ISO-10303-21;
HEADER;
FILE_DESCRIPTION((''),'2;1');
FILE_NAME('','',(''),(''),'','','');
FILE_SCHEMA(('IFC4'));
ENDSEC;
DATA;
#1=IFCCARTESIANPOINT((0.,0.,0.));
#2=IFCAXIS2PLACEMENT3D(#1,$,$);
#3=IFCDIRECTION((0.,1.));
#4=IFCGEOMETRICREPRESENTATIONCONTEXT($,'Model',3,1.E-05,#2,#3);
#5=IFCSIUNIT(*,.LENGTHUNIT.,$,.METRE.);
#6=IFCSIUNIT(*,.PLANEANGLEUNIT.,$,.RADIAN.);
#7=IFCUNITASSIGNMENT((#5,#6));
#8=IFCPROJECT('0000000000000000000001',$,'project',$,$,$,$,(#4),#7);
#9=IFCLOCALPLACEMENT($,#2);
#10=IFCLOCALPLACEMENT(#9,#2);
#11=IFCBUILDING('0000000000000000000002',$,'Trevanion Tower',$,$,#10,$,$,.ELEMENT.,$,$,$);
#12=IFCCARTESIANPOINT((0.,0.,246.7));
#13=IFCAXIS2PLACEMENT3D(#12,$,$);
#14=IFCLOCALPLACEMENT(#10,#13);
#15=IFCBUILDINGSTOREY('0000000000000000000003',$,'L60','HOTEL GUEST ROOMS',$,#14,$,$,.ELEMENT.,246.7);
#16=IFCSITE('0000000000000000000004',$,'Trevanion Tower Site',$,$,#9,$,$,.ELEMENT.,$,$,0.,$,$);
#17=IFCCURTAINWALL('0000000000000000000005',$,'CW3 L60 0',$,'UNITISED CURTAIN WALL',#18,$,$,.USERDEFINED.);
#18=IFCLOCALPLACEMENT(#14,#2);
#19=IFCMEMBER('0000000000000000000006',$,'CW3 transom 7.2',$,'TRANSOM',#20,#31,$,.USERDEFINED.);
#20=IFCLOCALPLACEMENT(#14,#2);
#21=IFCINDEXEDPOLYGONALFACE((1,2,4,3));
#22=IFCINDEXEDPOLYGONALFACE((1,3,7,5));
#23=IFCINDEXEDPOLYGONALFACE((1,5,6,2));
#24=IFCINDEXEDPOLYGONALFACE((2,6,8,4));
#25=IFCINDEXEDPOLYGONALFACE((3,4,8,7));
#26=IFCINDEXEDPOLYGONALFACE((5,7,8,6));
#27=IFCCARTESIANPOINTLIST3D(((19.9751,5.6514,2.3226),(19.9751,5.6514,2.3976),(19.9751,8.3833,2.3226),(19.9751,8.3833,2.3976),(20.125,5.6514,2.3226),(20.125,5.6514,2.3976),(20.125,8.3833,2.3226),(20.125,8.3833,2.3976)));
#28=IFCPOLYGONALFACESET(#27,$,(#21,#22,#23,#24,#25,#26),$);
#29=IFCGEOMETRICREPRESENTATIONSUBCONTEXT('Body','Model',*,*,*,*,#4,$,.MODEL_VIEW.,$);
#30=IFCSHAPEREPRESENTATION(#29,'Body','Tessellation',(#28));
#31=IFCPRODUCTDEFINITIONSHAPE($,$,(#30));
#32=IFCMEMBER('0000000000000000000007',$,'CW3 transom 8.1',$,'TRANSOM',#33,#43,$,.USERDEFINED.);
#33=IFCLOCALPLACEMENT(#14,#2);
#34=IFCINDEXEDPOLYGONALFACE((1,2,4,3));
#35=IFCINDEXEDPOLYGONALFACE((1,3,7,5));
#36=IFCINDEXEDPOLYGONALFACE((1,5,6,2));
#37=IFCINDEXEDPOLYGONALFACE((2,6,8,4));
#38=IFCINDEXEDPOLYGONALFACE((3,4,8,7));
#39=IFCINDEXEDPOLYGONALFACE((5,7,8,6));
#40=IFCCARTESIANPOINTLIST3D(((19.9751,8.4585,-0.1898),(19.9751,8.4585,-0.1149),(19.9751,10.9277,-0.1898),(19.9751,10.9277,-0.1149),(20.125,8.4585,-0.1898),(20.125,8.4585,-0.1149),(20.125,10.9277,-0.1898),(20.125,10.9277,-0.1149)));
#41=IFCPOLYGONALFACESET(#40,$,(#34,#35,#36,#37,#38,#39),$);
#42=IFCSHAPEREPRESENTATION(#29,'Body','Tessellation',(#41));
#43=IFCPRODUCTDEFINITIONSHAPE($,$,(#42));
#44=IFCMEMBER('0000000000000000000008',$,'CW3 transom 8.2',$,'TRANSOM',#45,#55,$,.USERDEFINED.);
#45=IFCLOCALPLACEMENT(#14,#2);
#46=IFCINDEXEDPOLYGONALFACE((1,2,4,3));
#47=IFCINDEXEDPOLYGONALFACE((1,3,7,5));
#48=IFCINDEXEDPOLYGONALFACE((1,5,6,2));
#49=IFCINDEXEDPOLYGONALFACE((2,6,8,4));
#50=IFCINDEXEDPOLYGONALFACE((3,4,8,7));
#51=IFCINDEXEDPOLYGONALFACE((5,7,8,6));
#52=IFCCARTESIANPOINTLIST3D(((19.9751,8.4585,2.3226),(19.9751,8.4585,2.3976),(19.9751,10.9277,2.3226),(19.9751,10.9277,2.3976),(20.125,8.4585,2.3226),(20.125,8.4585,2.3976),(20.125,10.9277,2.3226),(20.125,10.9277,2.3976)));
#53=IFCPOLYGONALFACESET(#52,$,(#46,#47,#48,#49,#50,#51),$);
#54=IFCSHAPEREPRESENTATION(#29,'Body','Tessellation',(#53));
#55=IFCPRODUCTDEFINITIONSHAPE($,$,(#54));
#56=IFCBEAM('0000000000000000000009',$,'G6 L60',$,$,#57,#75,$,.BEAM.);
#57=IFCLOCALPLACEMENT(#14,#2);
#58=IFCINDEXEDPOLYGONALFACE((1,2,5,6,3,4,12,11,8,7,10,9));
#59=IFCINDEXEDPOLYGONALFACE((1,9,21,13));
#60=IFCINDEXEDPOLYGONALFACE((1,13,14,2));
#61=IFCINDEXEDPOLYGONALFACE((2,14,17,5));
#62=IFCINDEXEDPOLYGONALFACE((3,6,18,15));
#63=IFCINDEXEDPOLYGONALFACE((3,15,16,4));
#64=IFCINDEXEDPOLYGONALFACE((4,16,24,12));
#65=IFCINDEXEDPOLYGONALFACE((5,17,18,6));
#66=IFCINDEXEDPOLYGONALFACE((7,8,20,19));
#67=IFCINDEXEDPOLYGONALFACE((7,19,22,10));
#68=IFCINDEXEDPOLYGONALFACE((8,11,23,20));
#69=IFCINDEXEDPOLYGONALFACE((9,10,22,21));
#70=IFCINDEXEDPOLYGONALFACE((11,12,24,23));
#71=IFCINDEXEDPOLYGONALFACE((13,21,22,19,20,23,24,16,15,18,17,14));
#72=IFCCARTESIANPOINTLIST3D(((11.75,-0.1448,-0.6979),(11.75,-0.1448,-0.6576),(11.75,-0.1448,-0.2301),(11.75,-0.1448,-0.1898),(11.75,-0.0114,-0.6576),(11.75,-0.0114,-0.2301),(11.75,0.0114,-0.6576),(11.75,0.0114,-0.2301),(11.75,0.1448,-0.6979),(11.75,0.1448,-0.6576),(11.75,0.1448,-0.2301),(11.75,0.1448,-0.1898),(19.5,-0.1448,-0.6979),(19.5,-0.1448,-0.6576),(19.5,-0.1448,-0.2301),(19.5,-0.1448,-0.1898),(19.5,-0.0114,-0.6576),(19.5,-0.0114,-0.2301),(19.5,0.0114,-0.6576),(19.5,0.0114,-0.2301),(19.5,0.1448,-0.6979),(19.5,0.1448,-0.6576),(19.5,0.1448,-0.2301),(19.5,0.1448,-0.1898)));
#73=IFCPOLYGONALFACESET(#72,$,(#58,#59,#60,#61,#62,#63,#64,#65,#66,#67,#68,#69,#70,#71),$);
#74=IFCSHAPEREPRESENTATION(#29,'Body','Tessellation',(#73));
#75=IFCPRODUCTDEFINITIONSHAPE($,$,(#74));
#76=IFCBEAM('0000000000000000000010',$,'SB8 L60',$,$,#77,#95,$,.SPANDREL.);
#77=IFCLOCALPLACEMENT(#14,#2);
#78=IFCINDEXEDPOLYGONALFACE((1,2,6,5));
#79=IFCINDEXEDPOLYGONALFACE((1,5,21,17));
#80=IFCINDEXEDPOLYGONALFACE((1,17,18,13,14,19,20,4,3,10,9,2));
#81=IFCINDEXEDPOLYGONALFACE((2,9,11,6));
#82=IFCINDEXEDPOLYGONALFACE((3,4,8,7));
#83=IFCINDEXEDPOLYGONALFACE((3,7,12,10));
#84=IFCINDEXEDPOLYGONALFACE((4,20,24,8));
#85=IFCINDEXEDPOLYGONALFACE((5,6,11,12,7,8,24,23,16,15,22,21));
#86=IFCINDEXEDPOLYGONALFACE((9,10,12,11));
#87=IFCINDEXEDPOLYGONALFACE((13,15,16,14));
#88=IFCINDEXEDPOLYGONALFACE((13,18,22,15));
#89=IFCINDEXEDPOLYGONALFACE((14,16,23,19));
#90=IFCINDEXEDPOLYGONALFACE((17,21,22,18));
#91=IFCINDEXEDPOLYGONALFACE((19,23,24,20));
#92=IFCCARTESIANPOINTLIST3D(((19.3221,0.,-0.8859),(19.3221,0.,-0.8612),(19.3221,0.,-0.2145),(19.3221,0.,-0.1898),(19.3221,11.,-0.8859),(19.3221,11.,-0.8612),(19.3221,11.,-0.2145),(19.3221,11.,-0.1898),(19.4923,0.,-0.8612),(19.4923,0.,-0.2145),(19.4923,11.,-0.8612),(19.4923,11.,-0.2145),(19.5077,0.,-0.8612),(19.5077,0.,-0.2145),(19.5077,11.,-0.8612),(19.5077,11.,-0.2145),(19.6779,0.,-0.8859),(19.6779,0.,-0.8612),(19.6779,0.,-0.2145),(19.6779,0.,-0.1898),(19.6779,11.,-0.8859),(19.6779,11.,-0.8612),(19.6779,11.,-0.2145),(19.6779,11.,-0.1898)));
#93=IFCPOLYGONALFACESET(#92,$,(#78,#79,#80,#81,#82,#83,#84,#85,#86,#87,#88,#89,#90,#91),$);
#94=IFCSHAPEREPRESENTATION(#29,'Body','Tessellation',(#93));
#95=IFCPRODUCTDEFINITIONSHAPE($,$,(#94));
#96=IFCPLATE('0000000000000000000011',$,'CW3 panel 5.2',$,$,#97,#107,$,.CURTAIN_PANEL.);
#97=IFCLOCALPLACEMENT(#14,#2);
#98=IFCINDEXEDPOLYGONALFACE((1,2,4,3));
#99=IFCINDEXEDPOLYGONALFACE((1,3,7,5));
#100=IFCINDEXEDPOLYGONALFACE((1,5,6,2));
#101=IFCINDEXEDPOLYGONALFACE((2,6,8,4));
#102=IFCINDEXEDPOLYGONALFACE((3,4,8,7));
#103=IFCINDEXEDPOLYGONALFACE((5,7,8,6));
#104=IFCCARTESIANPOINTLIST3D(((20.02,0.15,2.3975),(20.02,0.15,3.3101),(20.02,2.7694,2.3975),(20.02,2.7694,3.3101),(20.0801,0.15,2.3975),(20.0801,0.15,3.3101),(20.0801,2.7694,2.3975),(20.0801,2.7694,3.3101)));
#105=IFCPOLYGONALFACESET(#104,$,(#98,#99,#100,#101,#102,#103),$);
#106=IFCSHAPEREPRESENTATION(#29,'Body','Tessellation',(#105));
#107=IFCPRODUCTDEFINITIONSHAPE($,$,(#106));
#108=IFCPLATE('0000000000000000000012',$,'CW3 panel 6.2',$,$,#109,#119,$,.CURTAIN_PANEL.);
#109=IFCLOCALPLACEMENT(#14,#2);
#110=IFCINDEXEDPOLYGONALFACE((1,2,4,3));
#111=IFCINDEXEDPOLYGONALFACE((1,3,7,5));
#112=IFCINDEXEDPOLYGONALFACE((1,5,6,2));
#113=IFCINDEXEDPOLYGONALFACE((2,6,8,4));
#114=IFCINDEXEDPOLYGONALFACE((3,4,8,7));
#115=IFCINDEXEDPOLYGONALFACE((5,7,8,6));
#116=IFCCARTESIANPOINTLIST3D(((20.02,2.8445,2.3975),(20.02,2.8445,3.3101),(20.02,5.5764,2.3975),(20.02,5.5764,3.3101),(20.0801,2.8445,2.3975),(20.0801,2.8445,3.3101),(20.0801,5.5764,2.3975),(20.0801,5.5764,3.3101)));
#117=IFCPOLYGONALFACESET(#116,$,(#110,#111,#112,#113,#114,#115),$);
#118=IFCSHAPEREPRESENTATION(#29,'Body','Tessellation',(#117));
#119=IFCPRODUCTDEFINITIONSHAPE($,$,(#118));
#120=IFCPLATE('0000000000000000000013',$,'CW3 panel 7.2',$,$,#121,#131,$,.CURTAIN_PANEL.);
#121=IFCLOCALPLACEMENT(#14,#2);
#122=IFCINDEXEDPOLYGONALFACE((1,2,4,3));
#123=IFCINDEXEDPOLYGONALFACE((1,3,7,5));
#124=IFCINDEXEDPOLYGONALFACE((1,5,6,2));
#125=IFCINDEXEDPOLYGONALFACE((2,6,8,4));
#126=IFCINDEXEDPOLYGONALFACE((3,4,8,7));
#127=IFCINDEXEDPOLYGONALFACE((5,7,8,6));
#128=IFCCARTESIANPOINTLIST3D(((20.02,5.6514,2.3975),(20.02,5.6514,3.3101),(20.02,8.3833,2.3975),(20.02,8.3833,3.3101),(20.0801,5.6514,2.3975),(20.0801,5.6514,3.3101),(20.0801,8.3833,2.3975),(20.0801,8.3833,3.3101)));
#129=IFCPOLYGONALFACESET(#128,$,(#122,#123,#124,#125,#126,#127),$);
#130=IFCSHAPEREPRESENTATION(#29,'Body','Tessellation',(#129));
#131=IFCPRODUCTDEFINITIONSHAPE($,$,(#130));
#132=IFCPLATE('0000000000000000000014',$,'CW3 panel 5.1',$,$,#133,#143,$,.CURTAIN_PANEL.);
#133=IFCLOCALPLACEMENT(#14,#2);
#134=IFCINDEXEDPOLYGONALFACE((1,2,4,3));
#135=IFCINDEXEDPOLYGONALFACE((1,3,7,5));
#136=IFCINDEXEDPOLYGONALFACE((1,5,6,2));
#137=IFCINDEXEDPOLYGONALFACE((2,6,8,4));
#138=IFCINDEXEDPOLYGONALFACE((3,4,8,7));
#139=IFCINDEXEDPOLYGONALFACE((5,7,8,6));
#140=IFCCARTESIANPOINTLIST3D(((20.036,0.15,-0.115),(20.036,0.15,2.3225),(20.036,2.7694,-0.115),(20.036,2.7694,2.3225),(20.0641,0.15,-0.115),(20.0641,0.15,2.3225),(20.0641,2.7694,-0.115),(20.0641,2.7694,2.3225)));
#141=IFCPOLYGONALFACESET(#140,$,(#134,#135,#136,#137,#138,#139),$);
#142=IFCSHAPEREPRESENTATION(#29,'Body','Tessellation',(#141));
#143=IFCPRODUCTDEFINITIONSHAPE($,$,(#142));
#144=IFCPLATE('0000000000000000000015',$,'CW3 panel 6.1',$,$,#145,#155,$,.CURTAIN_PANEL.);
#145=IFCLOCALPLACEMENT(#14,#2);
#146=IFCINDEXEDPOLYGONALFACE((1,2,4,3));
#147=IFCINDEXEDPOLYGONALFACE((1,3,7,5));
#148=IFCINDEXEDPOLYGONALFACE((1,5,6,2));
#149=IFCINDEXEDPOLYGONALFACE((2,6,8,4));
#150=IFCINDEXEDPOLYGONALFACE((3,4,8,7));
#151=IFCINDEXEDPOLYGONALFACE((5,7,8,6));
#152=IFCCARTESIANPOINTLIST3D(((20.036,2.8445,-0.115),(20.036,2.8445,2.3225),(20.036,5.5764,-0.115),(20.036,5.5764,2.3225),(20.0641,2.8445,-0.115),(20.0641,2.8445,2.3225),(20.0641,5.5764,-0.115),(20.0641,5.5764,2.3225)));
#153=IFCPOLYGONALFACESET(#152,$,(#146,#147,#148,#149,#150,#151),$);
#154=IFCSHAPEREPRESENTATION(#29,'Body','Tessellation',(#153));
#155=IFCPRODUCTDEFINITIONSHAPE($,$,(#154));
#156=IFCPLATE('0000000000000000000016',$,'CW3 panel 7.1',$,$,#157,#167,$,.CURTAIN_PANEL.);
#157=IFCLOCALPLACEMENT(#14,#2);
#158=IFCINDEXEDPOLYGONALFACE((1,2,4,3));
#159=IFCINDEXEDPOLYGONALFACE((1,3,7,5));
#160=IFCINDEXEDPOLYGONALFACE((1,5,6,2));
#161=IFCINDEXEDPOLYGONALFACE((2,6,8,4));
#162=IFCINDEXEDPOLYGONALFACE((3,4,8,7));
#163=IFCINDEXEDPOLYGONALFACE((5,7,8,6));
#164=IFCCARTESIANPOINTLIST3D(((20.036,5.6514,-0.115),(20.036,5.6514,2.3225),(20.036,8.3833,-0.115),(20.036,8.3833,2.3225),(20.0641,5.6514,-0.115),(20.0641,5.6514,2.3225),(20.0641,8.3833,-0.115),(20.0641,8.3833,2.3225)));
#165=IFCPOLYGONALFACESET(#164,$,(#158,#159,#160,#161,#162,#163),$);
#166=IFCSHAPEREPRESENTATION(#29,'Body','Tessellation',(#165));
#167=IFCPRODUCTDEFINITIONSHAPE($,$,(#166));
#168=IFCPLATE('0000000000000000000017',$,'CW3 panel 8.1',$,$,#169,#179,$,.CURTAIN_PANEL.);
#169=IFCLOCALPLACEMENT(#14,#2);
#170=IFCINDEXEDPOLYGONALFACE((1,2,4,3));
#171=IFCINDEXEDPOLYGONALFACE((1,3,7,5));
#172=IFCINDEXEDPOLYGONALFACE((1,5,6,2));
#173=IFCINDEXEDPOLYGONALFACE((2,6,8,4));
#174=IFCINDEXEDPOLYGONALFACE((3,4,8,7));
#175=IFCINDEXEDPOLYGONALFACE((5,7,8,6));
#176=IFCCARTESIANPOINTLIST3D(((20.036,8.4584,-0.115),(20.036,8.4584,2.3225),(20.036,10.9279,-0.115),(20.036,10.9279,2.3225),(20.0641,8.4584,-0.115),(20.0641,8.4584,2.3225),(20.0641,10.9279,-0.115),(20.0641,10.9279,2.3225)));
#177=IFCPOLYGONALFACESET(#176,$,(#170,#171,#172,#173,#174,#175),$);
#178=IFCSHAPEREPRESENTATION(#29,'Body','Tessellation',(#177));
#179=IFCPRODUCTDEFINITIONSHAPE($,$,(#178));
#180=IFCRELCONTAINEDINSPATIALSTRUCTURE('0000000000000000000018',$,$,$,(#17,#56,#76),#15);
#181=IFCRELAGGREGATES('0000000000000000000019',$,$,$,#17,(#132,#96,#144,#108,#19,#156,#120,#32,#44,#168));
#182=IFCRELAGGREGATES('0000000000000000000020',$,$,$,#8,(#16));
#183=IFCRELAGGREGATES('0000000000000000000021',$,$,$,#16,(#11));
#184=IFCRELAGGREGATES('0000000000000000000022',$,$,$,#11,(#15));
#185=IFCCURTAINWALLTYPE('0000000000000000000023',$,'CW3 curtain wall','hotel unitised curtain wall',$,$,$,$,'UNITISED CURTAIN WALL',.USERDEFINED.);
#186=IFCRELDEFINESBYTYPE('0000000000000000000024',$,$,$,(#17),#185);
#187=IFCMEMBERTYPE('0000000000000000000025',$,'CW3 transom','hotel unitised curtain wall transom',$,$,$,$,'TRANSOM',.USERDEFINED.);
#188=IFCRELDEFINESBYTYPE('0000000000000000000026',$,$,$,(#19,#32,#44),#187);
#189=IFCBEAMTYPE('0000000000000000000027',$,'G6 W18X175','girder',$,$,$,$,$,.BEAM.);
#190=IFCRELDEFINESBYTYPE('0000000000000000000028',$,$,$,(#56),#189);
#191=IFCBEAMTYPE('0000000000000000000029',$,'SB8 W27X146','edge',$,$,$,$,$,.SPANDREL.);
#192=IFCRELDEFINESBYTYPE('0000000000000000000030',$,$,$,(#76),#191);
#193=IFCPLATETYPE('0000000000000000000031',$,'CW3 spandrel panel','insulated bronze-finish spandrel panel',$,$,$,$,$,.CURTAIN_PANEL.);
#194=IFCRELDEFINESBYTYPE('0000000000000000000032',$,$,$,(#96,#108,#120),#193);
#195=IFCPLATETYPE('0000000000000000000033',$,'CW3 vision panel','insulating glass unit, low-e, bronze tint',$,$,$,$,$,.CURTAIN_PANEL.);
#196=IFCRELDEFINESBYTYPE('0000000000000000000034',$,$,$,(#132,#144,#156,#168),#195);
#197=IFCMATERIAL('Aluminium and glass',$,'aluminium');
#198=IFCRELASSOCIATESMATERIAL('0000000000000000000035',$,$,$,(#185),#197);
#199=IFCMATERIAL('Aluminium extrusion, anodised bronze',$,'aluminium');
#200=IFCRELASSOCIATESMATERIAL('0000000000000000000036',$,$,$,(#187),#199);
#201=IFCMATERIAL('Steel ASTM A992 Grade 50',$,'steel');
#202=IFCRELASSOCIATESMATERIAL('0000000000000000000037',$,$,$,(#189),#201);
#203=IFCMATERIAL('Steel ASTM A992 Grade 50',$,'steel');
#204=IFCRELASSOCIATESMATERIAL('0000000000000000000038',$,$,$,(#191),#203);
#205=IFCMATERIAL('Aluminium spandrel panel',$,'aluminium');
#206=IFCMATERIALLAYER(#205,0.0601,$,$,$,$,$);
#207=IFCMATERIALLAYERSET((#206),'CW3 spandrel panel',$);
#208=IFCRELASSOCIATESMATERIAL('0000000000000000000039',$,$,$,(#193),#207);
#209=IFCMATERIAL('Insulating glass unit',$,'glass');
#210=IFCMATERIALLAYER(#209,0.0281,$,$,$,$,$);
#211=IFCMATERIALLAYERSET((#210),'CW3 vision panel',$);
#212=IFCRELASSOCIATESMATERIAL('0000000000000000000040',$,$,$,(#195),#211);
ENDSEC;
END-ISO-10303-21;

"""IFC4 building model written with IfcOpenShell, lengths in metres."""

from ifc_helpers import new_model, si_unit, direction, frame, origin, origin_2d, place, context, subcontext, project, spatial, rectangle, i_section, extrude, material, layer, layer_set, material_profile, profile_set, type_object, element, aggregate, save


model = new_model("IFC4")

# Units and contexts
model_context = context("Model", 3, precision=1e-05, world=origin(), true_north=direction((0.0, 1.0)))
body_context = subcontext(model_context, "Body", "Model", "MODEL_VIEW")
ifc_project = project(units=[si_unit("LENGTHUNIT", "METRE"), si_unit("PLANEANGLEUNIT", "RADIAN")], contexts=[model_context])

# Site, building, storey
site_placement = place(None, origin())
site = spatial("IfcSite", under=ifc_project, at=site_placement, Name="Trevanion Tower Site", CompositionType="ELEMENT", RefElevation=0.0)
building_placement = place(site_placement, origin())
building = spatial("IfcBuilding", under=site, at=building_placement, Name="Trevanion Tower", CompositionType="ELEMENT")
storey_placement = place(building_placement, frame((0.0, 0.0, 246.7)))
storey = spatial("IfcBuildingStorey", under=building, at=storey_placement, Name="L60", Description="HOTEL GUEST ROOMS", CompositionType="ELEMENT", Elevation=246.7)

# Curtain wall, members
ifc_material_1 = material(Name="Aluminium and glass", Category="aluminium")
curtain_wall_type = type_object("IfcCurtainWallType", Name="CW3 curtain wall", Description="hotel unitised curtain wall", ElementType="UNITISED CURTAIN WALL", PredefinedType="USERDEFINED", material=ifc_material_1)
curtain_wall_placement = place(storey_placement, origin())
curtain_wall = element("IfcCurtainWall", 1, at=curtain_wall_placement, inside=storey, type_object=curtain_wall_type, Name="CW3 L60 0", ObjectType="UNITISED CURTAIN WALL", PredefinedType="USERDEFINED")
ifc_material_2 = material(Name="Aluminium extrusion, anodised bronze", Category="aluminium")
ifc_material_profile_1 = material_profile(ifc_material_2, rectangle(XDim=0.1499, YDim=0.075, at=origin_2d()), Name="CW3 transom")
ifc_profile_set_1 = profile_set([ifc_material_profile_1], Name="Aluminium extrusion, anodised bronze")
member_type_1 = type_object("IfcMemberType", Name="CW3 transom", Description="hotel unitised curtain wall transom", ElementType="TRANSOM", PredefinedType="USERDEFINED", material=ifc_profile_set_1)
member_1_placement = place(storey_placement, frame((20.05, 5.6514, 2.3601), z_axis=(0.0, 1.0, 0.0), x_axis=(-1.0, 0.0, 0.0)))
member_1 = element("IfcMember", 2, at=member_1_placement, type_object=member_type_1, Name="CW3 transom 7.2", ObjectType="TRANSOM", PredefinedType="USERDEFINED", context=body_context, shape_type="SweptSolid", body=[
    extrude(rectangle(XDim=0.1499, YDim=0.075, at=origin_2d()), origin(), (0.0, 0.0, 1.0), 2.7319),
])
member_2_placement = place(storey_placement, frame((20.05, 8.4585, -0.1523), z_axis=(0.0, 1.0, 0.0), x_axis=(-1.0, 0.0, 0.0)))
member_2 = element("IfcMember", 3, at=member_2_placement, type_object=member_type_1, Name="CW3 transom 8.1", ObjectType="TRANSOM", PredefinedType="USERDEFINED", context=body_context, shape_type="SweptSolid", body=[
    extrude(rectangle(XDim=0.1499, YDim=0.075, at=origin_2d()), origin(), (0.0, 0.0, 1.0), 2.4692),
])
member_3_placement = place(storey_placement, frame((20.05, 8.4585, 2.3601), z_axis=(0.0, 1.0, 0.0), x_axis=(-1.0, 0.0, 0.0)))
member_3 = element("IfcMember", 4, at=member_3_placement, type_object=member_type_1, Name="CW3 transom 8.2", ObjectType="TRANSOM", PredefinedType="USERDEFINED", context=body_context, shape_type="SweptSolid", body=[
    extrude(rectangle(XDim=0.1499, YDim=0.075, at=origin_2d()), origin(), (0.0, 0.0, 1.0), 2.4692),
])

# Beams
ifc_material_3 = material(Name="Steel ASTM A992 Grade 50", Category="steel")
ifc_material_profile_2 = material_profile(ifc_material_3, i_section(OverallWidth=0.2896, OverallDepth=0.5081, WebThickness=0.0227, FlangeThickness=0.0403, at=origin_2d()), Name="W18X175")
ifc_profile_set_2 = profile_set([ifc_material_profile_2], Name="Steel ASTM A992 Grade 50")
beam_type_1 = type_object("IfcBeamType", Name="G6 W18X175", Description="girder", PredefinedType="BEAM", material=ifc_profile_set_2)
beam_1_placement = place(storey_placement, frame((11.75, 0.0, -0.4438), z_axis=(1.0, 0.0, 0.0), x_axis=(0.0, 1.0, 0.0)))
element("IfcBeam", 5, at=beam_1_placement, inside=storey, type_object=beam_type_1, Name="G6 L60", PredefinedType="BEAM", context=body_context, shape_type="SweptSolid", body=[
    extrude(i_section(OverallWidth=0.2896, OverallDepth=0.5081, WebThickness=0.0227, FlangeThickness=0.0403, at=origin_2d()), origin(), (0.0, 0.0, 1.0), 7.75),
])
ifc_material_4 = material(Name="Steel ASTM A992 Grade 50", Category="steel")
ifc_material_profile_3 = material_profile(ifc_material_4, i_section(OverallWidth=0.3557, OverallDepth=0.696, WebThickness=0.0154, FlangeThickness=0.0247, at=origin_2d()), Name="W27X146")
ifc_profile_set_3 = profile_set([ifc_material_profile_3], Name="Steel ASTM A992 Grade 50")
beam_type_2 = type_object("IfcBeamType", Name="SB8 W27X146", Description="edge", PredefinedType="SPANDREL", material=ifc_profile_set_3)
beam_2_placement = place(storey_placement, frame((19.5, 0.0, -0.5378), z_axis=(0.0, 1.0, 0.0), x_axis=(-1.0, 0.0, 0.0)))
element("IfcBeam", 6, at=beam_2_placement, inside=storey, type_object=beam_type_2, Name="SB8 L60", PredefinedType="SPANDREL", context=body_context, shape_type="SweptSolid", body=[
    extrude(i_section(OverallWidth=0.3557, OverallDepth=0.696, WebThickness=0.0154, FlangeThickness=0.0247, at=origin_2d()), origin(), (0.0, 0.0, 1.0), 11.0),
])

# Plates
ifc_material_5 = material(Name="Aluminium spandrel panel", Category="aluminium")
ifc_layer_1 = layer(ifc_material_5, 0.0601)
ifc_layer_set_1 = layer_set([ifc_layer_1], Name="CW3 spandrel panel")
plate_type_1 = type_object("IfcPlateType", Name="CW3 spandrel panel", Description="insulated bronze-finish spandrel panel", PredefinedType="CURTAIN_PANEL", material=ifc_layer_set_1)
plate_1_placement = place(storey_placement, frame((20.05, 1.4597, 2.3975), z_axis=(0.0, 0.0, 1.0), x_axis=(0.0, 1.0, 0.0)))
plate_1 = element("IfcPlate", 7, at=plate_1_placement, type_object=plate_type_1, Name="CW3 panel 5.2", PredefinedType="CURTAIN_PANEL", context=body_context, shape_type="SweptSolid", body=[
    extrude(rectangle(XDim=2.6194, YDim=0.0601, at=origin_2d()), origin(), (0.0, 0.0, 1.0), 0.9126),
])
plate_2_placement = place(storey_placement, frame((20.05, 4.2104, 2.3975), z_axis=(0.0, 0.0, 1.0), x_axis=(0.0, 1.0, 0.0)))
plate_2 = element("IfcPlate", 8, at=plate_2_placement, type_object=plate_type_1, Name="CW3 panel 6.2", PredefinedType="CURTAIN_PANEL", context=body_context, shape_type="SweptSolid", body=[
    extrude(rectangle(XDim=2.7319, YDim=0.0601, at=origin_2d()), origin(), (0.0, 0.0, 1.0), 0.9126),
])
plate_3_placement = place(storey_placement, frame((20.05, 7.0173, 2.3975), z_axis=(0.0, 0.0, 1.0), x_axis=(0.0, 1.0, 0.0)))
plate_3 = element("IfcPlate", 9, at=plate_3_placement, type_object=plate_type_1, Name="CW3 panel 7.2", PredefinedType="CURTAIN_PANEL", context=body_context, shape_type="SweptSolid", body=[
    extrude(rectangle(XDim=2.7319, YDim=0.0601, at=origin_2d()), origin(), (0.0, 0.0, 1.0), 0.9126),
])
ifc_material_6 = material(Name="Insulating glass unit", Category="glass")
ifc_layer_2 = layer(ifc_material_6, 0.0281)
ifc_layer_set_2 = layer_set([ifc_layer_2], Name="CW3 vision panel")
plate_type_2 = type_object("IfcPlateType", Name="CW3 vision panel", Description="insulating glass unit, low-e, bronze tint", PredefinedType="CURTAIN_PANEL", material=ifc_layer_set_2)
plate_4_placement = place(storey_placement, frame((20.05, 1.4597, -0.115), z_axis=(0.0, 0.0, 1.0), x_axis=(0.0, 1.0, 0.0)))
plate_4 = element("IfcPlate", 10, at=plate_4_placement, type_object=plate_type_2, Name="CW3 panel 5.1", PredefinedType="CURTAIN_PANEL", context=body_context, shape_type="SweptSolid", body=[
    extrude(rectangle(XDim=2.6194, YDim=0.0281, at=origin_2d()), origin(), (0.0, 0.0, 1.0), 2.4375),
])
plate_5_placement = place(storey_placement, frame((20.05, 4.2104, -0.115), z_axis=(0.0, 0.0, 1.0), x_axis=(0.0, 1.0, 0.0)))
plate_5 = element("IfcPlate", 11, at=plate_5_placement, type_object=plate_type_2, Name="CW3 panel 6.1", PredefinedType="CURTAIN_PANEL", context=body_context, shape_type="SweptSolid", body=[
    extrude(rectangle(XDim=2.7319, YDim=0.0281, at=origin_2d()), origin(), (0.0, 0.0, 1.0), 2.4375),
])
plate_6_placement = place(storey_placement, frame((20.05, 7.0173, -0.115), z_axis=(0.0, 0.0, 1.0), x_axis=(0.0, 1.0, 0.0)))
plate_6 = element("IfcPlate", 12, at=plate_6_placement, type_object=plate_type_2, Name="CW3 panel 7.1", PredefinedType="CURTAIN_PANEL", context=body_context, shape_type="SweptSolid", body=[
    extrude(rectangle(XDim=2.7319, YDim=0.0281, at=origin_2d()), origin(), (0.0, 0.0, 1.0), 2.4375),
])
plate_7_placement = place(storey_placement, frame((20.05, 9.6931, -0.115), z_axis=(0.0, 0.0, 1.0), x_axis=(0.0, 1.0, 0.0)))
plate_7 = element("IfcPlate", 13, at=plate_7_placement, type_object=plate_type_2, Name="CW3 panel 8.1", PredefinedType="CURTAIN_PANEL", context=body_context, shape_type="SweptSolid", body=[
    extrude(rectangle(XDim=2.4695, YDim=0.0281, at=origin_2d()), origin(), (0.0, 0.0, 1.0), 2.4375),
])
aggregate(curtain_wall, [plate_4, plate_1, plate_5, plate_2, member_1, plate_6, plate_3, member_2, member_3, plate_7])

save(model, "model.ifc")
